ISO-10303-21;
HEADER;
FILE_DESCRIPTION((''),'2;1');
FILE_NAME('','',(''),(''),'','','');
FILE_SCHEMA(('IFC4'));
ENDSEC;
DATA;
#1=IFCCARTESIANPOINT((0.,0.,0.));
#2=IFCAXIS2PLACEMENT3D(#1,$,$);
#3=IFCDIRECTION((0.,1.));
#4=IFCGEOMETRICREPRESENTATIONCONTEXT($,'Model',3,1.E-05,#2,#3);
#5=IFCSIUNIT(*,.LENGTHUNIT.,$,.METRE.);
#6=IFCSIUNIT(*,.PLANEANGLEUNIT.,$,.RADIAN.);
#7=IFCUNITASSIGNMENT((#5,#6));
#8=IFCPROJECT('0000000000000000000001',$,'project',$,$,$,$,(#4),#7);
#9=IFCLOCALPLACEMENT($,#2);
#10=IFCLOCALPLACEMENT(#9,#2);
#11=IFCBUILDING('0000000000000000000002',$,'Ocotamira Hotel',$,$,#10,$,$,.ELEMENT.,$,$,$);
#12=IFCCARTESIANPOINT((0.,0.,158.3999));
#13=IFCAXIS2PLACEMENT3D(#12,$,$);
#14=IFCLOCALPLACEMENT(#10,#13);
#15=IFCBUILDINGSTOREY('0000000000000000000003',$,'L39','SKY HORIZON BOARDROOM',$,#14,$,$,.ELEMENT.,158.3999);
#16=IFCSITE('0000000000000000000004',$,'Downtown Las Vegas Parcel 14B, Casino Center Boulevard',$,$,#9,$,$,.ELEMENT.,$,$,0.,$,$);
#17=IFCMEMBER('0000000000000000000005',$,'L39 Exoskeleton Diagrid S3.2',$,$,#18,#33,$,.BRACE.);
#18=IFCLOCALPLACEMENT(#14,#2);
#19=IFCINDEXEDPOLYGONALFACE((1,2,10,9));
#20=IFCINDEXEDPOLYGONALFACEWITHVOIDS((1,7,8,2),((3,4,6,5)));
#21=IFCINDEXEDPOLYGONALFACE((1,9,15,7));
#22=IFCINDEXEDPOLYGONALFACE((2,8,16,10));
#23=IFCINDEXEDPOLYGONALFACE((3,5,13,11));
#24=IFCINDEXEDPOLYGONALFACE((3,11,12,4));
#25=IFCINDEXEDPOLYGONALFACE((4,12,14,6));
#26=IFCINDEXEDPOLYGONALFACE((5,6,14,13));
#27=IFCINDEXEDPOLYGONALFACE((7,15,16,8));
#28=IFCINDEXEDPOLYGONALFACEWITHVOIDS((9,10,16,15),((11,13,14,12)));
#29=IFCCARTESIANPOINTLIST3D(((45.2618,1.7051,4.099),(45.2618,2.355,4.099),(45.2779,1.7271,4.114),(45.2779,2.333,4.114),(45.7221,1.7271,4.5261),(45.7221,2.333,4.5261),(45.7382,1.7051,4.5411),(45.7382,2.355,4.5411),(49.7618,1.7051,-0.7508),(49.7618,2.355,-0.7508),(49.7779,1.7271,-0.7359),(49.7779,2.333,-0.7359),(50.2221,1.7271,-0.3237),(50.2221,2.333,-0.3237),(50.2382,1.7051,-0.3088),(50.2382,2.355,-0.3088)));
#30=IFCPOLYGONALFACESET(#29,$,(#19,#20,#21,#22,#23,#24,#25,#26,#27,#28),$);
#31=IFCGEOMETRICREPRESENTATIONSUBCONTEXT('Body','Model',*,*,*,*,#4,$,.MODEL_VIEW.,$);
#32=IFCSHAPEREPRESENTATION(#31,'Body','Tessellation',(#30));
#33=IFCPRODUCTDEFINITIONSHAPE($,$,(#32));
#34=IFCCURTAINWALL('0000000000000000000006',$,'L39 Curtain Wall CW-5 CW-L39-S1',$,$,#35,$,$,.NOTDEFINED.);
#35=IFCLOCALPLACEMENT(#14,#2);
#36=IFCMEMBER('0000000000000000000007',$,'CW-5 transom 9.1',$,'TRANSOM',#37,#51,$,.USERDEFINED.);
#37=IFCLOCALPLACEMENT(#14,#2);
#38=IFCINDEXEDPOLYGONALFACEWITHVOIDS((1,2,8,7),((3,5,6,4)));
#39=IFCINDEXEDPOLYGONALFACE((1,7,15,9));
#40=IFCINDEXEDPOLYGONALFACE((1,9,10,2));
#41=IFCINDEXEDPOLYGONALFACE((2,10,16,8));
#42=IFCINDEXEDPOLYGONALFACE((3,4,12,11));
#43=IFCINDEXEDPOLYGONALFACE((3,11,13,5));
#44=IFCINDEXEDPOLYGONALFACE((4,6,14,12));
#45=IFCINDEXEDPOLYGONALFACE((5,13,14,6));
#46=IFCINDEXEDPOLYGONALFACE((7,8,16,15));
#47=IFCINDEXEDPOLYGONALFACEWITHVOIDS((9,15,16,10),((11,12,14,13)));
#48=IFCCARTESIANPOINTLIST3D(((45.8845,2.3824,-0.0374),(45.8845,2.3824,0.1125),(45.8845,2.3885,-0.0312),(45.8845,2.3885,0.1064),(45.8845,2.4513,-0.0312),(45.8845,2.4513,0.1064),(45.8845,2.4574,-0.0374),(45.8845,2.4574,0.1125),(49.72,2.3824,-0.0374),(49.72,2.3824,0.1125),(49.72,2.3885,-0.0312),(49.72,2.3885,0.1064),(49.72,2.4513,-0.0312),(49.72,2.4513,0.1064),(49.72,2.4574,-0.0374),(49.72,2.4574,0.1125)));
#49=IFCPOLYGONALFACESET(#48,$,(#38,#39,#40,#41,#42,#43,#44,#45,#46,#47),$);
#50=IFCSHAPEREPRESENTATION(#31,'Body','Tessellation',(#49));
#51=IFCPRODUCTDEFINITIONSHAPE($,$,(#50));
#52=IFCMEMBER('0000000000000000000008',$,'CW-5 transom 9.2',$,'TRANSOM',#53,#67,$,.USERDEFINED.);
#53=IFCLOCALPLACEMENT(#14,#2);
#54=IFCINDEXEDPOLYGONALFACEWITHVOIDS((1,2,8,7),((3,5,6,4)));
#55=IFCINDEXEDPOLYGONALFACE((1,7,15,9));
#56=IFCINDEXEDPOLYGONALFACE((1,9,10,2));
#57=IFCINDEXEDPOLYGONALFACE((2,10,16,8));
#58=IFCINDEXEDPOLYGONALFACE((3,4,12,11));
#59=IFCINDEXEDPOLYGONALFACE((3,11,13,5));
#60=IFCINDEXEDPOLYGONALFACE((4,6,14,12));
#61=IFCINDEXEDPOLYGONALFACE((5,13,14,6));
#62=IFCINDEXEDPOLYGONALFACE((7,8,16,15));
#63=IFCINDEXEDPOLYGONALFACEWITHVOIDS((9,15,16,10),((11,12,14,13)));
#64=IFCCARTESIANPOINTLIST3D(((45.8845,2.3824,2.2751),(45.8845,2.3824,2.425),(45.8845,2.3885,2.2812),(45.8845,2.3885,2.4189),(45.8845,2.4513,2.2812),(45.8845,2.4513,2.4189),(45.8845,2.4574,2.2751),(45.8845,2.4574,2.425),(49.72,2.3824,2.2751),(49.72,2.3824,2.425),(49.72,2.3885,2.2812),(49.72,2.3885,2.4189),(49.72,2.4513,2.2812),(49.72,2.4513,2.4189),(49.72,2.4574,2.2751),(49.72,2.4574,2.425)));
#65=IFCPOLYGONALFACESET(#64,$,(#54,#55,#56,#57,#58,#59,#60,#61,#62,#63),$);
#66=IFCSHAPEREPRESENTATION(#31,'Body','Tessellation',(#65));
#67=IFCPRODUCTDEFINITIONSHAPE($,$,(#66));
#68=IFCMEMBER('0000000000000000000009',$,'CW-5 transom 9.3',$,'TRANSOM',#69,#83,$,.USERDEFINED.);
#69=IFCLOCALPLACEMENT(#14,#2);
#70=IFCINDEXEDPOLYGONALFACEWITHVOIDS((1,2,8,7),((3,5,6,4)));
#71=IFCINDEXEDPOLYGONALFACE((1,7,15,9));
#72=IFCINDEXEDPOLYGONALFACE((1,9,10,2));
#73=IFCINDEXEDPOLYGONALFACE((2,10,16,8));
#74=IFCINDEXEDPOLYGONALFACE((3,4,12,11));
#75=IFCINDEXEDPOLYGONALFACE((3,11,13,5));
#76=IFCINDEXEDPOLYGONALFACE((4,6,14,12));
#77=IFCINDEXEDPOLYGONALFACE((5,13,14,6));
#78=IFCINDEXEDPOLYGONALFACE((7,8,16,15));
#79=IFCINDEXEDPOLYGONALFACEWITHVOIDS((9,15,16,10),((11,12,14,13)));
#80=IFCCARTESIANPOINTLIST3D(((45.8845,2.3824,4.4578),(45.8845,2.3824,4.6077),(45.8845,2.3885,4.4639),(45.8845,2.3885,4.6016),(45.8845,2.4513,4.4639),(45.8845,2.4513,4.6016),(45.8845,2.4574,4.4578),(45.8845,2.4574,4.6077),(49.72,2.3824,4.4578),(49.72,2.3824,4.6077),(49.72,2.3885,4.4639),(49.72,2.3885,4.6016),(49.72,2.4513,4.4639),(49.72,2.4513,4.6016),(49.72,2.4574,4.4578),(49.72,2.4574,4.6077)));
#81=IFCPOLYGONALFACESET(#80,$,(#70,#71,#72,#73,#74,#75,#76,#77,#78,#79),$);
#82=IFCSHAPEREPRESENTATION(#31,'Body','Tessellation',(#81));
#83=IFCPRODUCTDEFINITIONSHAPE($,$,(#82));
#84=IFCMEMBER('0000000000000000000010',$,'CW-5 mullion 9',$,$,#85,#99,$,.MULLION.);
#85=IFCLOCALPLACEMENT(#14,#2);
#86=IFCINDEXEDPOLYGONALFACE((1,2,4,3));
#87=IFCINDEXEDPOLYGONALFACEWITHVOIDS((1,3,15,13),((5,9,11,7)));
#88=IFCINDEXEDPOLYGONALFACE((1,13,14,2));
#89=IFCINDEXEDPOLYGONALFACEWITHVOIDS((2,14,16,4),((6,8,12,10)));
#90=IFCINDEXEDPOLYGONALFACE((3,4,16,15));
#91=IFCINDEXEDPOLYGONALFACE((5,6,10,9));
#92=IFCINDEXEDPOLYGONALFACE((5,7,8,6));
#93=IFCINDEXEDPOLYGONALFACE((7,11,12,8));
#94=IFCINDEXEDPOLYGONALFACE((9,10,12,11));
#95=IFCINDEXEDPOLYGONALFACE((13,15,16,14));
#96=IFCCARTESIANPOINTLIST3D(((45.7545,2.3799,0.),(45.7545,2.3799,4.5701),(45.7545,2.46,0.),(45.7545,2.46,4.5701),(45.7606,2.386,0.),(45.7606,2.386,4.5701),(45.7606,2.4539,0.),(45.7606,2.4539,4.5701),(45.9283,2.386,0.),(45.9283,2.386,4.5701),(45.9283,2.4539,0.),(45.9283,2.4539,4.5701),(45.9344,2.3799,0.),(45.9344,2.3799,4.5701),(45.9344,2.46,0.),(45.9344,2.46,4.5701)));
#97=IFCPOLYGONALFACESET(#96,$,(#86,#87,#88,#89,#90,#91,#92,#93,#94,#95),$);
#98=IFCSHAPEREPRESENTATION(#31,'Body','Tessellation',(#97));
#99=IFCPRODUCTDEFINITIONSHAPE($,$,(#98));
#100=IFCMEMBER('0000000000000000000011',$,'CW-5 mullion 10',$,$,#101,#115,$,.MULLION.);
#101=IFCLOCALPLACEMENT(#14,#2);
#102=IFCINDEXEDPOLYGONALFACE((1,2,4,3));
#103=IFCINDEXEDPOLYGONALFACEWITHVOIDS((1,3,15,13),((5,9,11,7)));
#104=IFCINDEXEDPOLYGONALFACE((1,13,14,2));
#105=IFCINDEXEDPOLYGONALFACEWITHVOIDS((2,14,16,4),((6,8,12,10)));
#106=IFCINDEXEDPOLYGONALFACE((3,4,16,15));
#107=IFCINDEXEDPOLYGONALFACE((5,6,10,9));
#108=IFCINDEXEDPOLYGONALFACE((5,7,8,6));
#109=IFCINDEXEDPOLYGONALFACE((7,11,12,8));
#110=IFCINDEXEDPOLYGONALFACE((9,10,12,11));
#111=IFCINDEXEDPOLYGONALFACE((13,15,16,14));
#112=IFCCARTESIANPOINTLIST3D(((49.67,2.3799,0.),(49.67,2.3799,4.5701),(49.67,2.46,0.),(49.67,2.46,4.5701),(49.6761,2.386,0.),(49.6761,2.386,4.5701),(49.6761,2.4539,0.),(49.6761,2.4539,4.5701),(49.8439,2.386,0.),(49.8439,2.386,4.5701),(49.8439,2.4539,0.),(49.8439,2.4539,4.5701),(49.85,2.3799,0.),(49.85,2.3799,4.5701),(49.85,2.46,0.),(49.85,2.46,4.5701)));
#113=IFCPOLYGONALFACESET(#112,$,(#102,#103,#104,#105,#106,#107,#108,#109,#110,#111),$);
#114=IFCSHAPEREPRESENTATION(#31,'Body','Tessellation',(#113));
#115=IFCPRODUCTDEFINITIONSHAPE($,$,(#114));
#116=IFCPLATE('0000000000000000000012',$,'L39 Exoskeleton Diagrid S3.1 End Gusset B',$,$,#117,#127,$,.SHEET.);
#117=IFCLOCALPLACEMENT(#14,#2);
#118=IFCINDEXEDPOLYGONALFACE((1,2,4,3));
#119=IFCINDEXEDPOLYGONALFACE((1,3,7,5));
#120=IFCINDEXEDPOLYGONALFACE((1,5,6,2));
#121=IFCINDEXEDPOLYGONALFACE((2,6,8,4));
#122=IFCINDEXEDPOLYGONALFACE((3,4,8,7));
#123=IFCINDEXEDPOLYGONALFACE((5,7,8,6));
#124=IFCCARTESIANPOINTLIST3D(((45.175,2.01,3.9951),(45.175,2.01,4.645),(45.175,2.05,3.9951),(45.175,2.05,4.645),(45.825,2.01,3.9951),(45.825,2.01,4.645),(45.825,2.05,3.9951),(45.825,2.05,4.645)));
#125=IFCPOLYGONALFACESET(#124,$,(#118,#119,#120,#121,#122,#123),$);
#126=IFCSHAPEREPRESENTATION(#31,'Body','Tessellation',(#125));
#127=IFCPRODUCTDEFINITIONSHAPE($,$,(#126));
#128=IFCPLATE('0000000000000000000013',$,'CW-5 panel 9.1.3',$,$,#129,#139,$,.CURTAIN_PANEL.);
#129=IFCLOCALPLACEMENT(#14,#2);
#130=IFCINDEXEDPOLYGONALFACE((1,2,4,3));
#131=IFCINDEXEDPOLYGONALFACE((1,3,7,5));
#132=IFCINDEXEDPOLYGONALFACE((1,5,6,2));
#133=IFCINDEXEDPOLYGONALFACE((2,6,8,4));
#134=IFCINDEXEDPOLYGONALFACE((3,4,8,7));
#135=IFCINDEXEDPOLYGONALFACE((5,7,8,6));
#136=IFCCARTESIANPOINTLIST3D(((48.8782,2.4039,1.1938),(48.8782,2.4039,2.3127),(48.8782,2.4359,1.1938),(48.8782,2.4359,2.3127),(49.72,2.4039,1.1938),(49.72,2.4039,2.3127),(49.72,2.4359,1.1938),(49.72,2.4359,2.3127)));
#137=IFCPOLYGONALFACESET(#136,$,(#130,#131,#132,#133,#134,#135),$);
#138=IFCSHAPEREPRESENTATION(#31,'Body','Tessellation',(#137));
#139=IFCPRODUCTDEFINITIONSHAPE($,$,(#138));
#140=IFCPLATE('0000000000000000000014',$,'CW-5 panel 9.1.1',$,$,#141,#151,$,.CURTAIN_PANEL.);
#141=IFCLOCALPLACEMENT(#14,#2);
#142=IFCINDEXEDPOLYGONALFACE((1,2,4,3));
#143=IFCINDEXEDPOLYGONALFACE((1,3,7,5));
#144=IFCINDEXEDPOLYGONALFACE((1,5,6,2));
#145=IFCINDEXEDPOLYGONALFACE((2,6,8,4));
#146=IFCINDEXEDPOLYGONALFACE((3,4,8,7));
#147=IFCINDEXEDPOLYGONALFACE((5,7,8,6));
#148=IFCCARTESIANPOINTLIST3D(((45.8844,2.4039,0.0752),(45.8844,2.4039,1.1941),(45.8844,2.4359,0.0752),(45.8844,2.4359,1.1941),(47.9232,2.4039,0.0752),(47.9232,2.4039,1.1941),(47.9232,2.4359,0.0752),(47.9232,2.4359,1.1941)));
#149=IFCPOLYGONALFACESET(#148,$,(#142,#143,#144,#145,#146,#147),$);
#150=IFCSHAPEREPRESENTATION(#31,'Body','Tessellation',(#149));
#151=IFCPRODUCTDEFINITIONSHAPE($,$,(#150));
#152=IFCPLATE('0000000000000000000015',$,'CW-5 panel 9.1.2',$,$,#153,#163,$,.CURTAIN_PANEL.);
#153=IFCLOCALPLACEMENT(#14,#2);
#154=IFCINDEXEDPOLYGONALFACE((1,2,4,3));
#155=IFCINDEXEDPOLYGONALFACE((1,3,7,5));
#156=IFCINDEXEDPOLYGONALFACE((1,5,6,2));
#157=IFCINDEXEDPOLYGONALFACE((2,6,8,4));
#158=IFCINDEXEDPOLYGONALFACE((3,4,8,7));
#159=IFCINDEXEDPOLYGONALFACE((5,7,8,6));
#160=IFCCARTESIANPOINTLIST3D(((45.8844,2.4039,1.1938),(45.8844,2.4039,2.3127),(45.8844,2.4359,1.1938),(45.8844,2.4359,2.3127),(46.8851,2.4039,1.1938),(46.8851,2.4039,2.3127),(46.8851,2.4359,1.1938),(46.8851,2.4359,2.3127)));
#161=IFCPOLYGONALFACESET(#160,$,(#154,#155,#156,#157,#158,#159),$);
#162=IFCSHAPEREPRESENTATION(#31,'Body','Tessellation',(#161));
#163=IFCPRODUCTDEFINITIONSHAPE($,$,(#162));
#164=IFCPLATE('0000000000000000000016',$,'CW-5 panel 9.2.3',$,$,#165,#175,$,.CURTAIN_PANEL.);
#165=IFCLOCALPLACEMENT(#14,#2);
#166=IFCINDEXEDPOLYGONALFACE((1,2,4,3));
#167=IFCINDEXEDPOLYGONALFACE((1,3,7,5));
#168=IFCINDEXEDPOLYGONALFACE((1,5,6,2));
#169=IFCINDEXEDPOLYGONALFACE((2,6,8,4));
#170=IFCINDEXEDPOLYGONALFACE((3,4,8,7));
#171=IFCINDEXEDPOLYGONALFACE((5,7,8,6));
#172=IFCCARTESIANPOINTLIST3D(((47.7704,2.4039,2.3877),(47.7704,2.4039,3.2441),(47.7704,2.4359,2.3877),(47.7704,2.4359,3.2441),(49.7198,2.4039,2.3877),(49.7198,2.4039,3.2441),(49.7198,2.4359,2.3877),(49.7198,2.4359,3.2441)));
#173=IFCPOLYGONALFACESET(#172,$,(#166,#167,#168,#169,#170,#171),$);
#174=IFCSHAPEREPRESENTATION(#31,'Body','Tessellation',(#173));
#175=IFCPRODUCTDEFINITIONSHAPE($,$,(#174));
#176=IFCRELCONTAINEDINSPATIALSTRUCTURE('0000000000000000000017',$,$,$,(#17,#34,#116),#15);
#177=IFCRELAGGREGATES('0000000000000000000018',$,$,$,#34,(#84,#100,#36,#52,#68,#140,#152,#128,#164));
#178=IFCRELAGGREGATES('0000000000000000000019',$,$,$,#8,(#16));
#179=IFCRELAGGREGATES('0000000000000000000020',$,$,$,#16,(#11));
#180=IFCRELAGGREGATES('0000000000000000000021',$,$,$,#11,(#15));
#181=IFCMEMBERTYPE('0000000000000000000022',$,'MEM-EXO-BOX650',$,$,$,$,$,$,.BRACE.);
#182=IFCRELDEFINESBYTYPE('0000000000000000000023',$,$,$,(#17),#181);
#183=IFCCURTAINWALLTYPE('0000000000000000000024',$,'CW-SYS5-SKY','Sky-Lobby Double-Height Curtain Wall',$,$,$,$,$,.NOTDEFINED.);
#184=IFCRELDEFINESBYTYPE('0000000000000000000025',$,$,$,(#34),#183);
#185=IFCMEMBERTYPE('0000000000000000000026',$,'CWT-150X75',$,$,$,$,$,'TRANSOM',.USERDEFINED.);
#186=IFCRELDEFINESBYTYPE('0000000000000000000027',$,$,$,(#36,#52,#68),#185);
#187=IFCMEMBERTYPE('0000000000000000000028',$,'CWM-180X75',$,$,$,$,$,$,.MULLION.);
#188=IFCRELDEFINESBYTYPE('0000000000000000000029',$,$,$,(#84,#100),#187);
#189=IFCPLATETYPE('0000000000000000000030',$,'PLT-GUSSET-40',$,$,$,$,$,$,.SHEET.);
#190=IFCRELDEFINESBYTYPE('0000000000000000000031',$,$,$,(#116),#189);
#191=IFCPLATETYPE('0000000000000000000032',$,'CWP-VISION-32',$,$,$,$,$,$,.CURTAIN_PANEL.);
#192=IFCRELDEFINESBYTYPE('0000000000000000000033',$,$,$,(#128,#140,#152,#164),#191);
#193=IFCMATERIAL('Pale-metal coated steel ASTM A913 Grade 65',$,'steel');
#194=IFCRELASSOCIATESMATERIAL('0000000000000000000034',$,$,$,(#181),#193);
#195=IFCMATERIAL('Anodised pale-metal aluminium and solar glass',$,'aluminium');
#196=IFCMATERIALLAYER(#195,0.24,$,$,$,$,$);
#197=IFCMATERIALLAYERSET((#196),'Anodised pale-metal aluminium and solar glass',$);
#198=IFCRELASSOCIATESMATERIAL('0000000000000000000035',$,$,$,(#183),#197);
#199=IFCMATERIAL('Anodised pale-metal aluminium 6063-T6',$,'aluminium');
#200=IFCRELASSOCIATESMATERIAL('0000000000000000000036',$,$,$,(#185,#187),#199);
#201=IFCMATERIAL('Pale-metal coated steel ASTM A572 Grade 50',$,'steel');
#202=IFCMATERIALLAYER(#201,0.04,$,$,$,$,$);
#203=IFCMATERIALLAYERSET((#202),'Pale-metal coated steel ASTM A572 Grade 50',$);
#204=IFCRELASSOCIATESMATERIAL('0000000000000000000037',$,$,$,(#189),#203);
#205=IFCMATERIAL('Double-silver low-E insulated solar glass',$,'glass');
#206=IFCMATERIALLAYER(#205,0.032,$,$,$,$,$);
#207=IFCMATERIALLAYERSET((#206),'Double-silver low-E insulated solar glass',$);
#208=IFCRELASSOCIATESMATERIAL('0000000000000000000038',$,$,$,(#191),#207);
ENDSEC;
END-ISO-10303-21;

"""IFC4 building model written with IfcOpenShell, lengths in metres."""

from ifc_helpers import new_model, si_unit, direction, frame, origin, origin_2d, place, context, subcontext, project, spatial, rectangle, hollow_rectangle, extrude, source, transform, mapped, material, layer, layer_set, material_profile, profile_set, type_object, element, aggregate, save


model = new_model("IFC4")

# Units and contexts
model_context = context("Model", 3, precision=1e-05, world=origin(), true_north=direction((0.0, 1.0)))
body_context = subcontext(model_context, "Body", "Model", "MODEL_VIEW")
ifc_project = project(units=[si_unit("LENGTHUNIT", "METRE"), si_unit("PLANEANGLEUNIT", "RADIAN")], contexts=[model_context])

# Site, building, storey
site_placement = place(None, origin())
site = spatial("IfcSite", under=ifc_project, at=site_placement, Name="Downtown Las Vegas Parcel 14B, Casino Center Boulevard", CompositionType="ELEMENT", RefElevation=0.0)
building_placement = place(site_placement, origin())
building = spatial("IfcBuilding", under=site, at=building_placement, Name="Ocotamira Hotel", CompositionType="ELEMENT")
storey_placement = place(building_placement, frame((0.0, 0.0, 158.3999)))
storey = spatial("IfcBuildingStorey", under=building, at=storey_placement, Name="L39", Description="SKY HORIZON BOARDROOM", CompositionType="ELEMENT", Elevation=158.3999)

# Member
ifc_material_1 = material(Name="Pale-metal coated steel ASTM A913 Grade 65", Category="steel")
ifc_material_profile_1 = material_profile(ifc_material_1, hollow_rectangle(XDim=0.6499, YDim=0.6499, WallThickness=0.022, at=origin_2d()), Name="BOX650X650X22")
ifc_profile_set_1 = profile_set([ifc_material_profile_1], Name="Pale-metal coated steel ASTM A913 Grade 65")
member_type_1 = type_object("IfcMemberType", Name="MEM-EXO-BOX650", PredefinedType="BRACE", material=ifc_profile_set_1)
shared_shape_1 = source(origin(), body_context, "Body", "SweptSolid", [
    extrude(hollow_rectangle(XDim=0.6499, YDim=0.6499, WallThickness=0.022, at=origin_2d()), origin(), (0.0, 0.0, 1.0), 6.616),
])
member_1_placement = place(storey_placement, frame((50.0, 2.03, -0.5298), z_axis=(-0.680172, 0.0, 0.733052), x_axis=(0.0, -1.0, 0.0)))
element("IfcMember", 1, at=member_1_placement, inside=storey, type_object=member_type_1, Name="L39 Exoskeleton Diagrid S3.2", PredefinedType="BRACE", context=body_context, shape_type="MappedRepresentation", body=[
    mapped(shared_shape_1, transform((0.0, 0.0, 0.0), scale=1.0)),
])

# Curtain wall, members
ifc_material_2 = material(Name="Anodised pale-metal aluminium and solar glass", Category="aluminium")
ifc_layer_1 = layer(ifc_material_2, 0.24)
ifc_layer_set_1 = layer_set([ifc_layer_1], Name="Anodised pale-metal aluminium and solar glass")
curtain_wall_type = type_object("IfcCurtainWallType", Name="CW-SYS5-SKY", Description="Sky-Lobby Double-Height Curtain Wall", PredefinedType="NOTDEFINED", material=ifc_layer_set_1)
curtain_wall_placement = place(storey_placement, origin())
curtain_wall = element("IfcCurtainWall", 2, at=curtain_wall_placement, inside=storey, type_object=curtain_wall_type, Name="L39 Curtain Wall CW-5 CW-L39-S1", PredefinedType="NOTDEFINED")
ifc_material_3 = material(Name="Anodised pale-metal aluminium 6063-T6", Category="aluminium")
ifc_material_profile_2 = material_profile(ifc_material_3, hollow_rectangle(XDim=0.075, YDim=0.1499, WallThickness=0.0061, at=origin_2d()), Name="HSS150X75X6")
ifc_profile_set_2 = profile_set([ifc_material_profile_2], Name="Anodised pale-metal aluminium 6063-T6")
member_type_2 = type_object("IfcMemberType", Name="CWT-150X75", ElementType="TRANSOM", PredefinedType="USERDEFINED", material=ifc_profile_set_2)
shared_shape_2 = source(origin(), body_context, "Body", "SweptSolid", [
    extrude(hollow_rectangle(XDim=0.075, YDim=0.1499, WallThickness=0.0061, at=origin_2d()), origin(), (0.0, 0.0, 1.0), 3.8354),
])
member_2_placement = place(storey_placement, frame((45.8845, 2.4199, 0.0376), z_axis=(1.0, 0.0, 0.0), x_axis=(0.0, 1.0, 0.0)))
member_2 = element("IfcMember", 3, at=member_2_placement, type_object=member_type_2, Name="CW-5 transom 9.1", ObjectType="TRANSOM", PredefinedType="USERDEFINED", context=body_context, shape_type="MappedRepresentation", body=[
    mapped(shared_shape_2, transform((0.0, 0.0, 0.0), scale=1.0)),
])
member_3_placement = place(storey_placement, frame((45.8845, 2.4199, 2.3501), z_axis=(1.0, 0.0, 0.0), x_axis=(0.0, 1.0, 0.0)))
member_3 = element("IfcMember", 4, at=member_3_placement, type_object=member_type_2, Name="CW-5 transom 9.2", ObjectType="TRANSOM", PredefinedType="USERDEFINED", context=body_context, shape_type="MappedRepresentation", body=[
    mapped(shared_shape_2, transform((0.0, 0.0, 0.0), scale=1.0)),
])
member_4_placement = place(storey_placement, frame((45.8845, 2.4199, 4.5327), z_axis=(1.0, 0.0, 0.0), x_axis=(0.0, 1.0, 0.0)))
member_4 = element("IfcMember", 5, at=member_4_placement, type_object=member_type_2, Name="CW-5 transom 9.3", ObjectType="TRANSOM", PredefinedType="USERDEFINED", context=body_context, shape_type="MappedRepresentation", body=[
    mapped(shared_shape_2, transform((0.0, 0.0, 0.0), scale=1.0)),
])
ifc_material_profile_3 = material_profile(ifc_material_3, hollow_rectangle(XDim=0.0801, YDim=0.1799, WallThickness=0.0061, at=origin_2d()), Name="HSS180X80X6")
ifc_profile_set_3 = profile_set([ifc_material_profile_3], Name="Anodised pale-metal aluminium 6063-T6")
member_type_3 = type_object("IfcMemberType", Name="CWM-180X75", PredefinedType="MULLION", material=ifc_profile_set_3)
shared_shape_3 = source(origin(), body_context, "Body", "SweptSolid", [
    extrude(hollow_rectangle(XDim=0.0801, YDim=0.1799, WallThickness=0.0061, at=origin_2d()), origin(), (0.0, 0.0, 1.0), 4.5701),
])
member_5_placement = place(storey_placement, frame((45.8445, 2.4199, 0.0), z_axis=(0.0, 0.0, 1.0), x_axis=(0.0, 1.0, 0.0)))
member_5 = element("IfcMember", 6, at=member_5_placement, type_object=member_type_3, Name="CW-5 mullion 9", PredefinedType="MULLION", context=body_context, shape_type="MappedRepresentation", body=[
    mapped(shared_shape_3, transform((0.0, 0.0, 0.0), scale=1.0)),
])
member_6_placement = place(storey_placement, frame((49.76, 2.4199, 0.0), z_axis=(0.0, 0.0, 1.0), x_axis=(0.0, 1.0, 0.0)))
member_6 = element("IfcMember", 7, at=member_6_placement, type_object=member_type_3, Name="CW-5 mullion 10", PredefinedType="MULLION", context=body_context, shape_type="MappedRepresentation", body=[
    mapped(shared_shape_3, transform((0.0, 0.0, 0.0), scale=1.0)),
])

# Plates
ifc_material_4 = material(Name="Pale-metal coated steel ASTM A572 Grade 50", Category="steel")
ifc_layer_2 = layer(ifc_material_4, 0.04)
ifc_layer_set_2 = layer_set([ifc_layer_2], Name="Pale-metal coated steel ASTM A572 Grade 50")
plate_type_1 = type_object("IfcPlateType", Name="PLT-GUSSET-40", PredefinedType="SHEET", material=ifc_layer_set_2)
shared_shape_4 = source(origin(), body_context, "Body", "SweptSolid", [
    extrude(rectangle(XDim=0.6499, YDim=0.04, at=origin_2d()), origin(), (0.0, 0.0, 1.0), 0.6499),
])
plate_1_placement = place(storey_placement, frame((45.5, 2.03, 3.9951), z_axis=(0.0, 0.0, 1.0), x_axis=(1.0, 0.0, 0.0)))
element("IfcPlate", 8, at=plate_1_placement, inside=storey, type_object=plate_type_1, Name="L39 Exoskeleton Diagrid S3.1 End Gusset B", PredefinedType="SHEET", context=body_context, shape_type="MappedRepresentation", body=[
    mapped(shared_shape_4, transform((0.0, 0.0, 0.0), scale=1.0)),
])
ifc_material_5 = material(Name="Double-silver low-E insulated solar glass", Category="glass")
ifc_layer_3 = layer(ifc_material_5, 0.032)
ifc_layer_set_3 = layer_set([ifc_layer_3], Name="Double-silver low-E insulated solar glass")
plate_type_2 = type_object("IfcPlateType", Name="CWP-VISION-32", PredefinedType="CURTAIN_PANEL", material=ifc_layer_set_3)
shared_shape_5 = source(origin(), body_context, "Body", "SweptSolid", [
    extrude(rectangle(XDim=0.8418, YDim=0.032, at=origin_2d()), origin(), (0.0, 0.0, 1.0), 1.1189),
])
plate_2_placement = place(storey_placement, frame((49.2991, 2.4199, 1.1938), z_axis=(0.0, 0.0, 1.0), x_axis=(1.0, 0.0, 0.0)))
plate_2 = element("IfcPlate", 9, at=plate_2_placement, type_object=plate_type_2, Name="CW-5 panel 9.1.3", PredefinedType="CURTAIN_PANEL", context=body_context, shape_type="MappedRepresentation", body=[
    mapped(shared_shape_5, transform((0.0, 0.0, 0.0), scale=1.0)),
])
shared_shape_6 = source(origin(), body_context, "Body", "SweptSolid", [
    extrude(rectangle(XDim=2.0388, YDim=0.032, at=origin_2d()), origin(), (0.0, 0.0, 1.0), 1.1189),
])
plate_3_placement = place(storey_placement, frame((46.9038, 2.4199, 0.0752), z_axis=(0.0, 0.0, 1.0), x_axis=(1.0, 0.0, 0.0)))
plate_3 = element("IfcPlate", 10, at=plate_3_placement, type_object=plate_type_2, Name="CW-5 panel 9.1.1", PredefinedType="CURTAIN_PANEL", context=body_context, shape_type="MappedRepresentation", body=[
    mapped(shared_shape_6, transform((0.0, 0.0, 0.0), scale=1.0)),
])
shared_shape_7 = source(origin(), body_context, "Body", "SweptSolid", [
    extrude(rectangle(XDim=1.0007, YDim=0.032, at=origin_2d()), origin(), (0.0, 0.0, 1.0), 1.1189),
])
plate_4_placement = place(storey_placement, frame((46.3848, 2.4199, 1.1938), z_axis=(0.0, 0.0, 1.0), x_axis=(1.0, 0.0, 0.0)))
plate_4 = element("IfcPlate", 11, at=plate_4_placement, type_object=plate_type_2, Name="CW-5 panel 9.1.2", PredefinedType="CURTAIN_PANEL", context=body_context, shape_type="MappedRepresentation", body=[
    mapped(shared_shape_7, transform((0.0, 0.0, 0.0), scale=1.0)),
])
shared_shape_8 = source(origin(), body_context, "Body", "SweptSolid", [
    extrude(rectangle(XDim=1.9495, YDim=0.032, at=origin_2d()), origin(), (0.0, 0.0, 1.0), 0.8564),
])
plate_5_placement = place(storey_placement, frame((48.7451, 2.4199, 2.3877), z_axis=(0.0, 0.0, 1.0), x_axis=(1.0, 0.0, 0.0)))
plate_5 = element("IfcPlate", 12, at=plate_5_placement, type_object=plate_type_2, Name="CW-5 panel 9.2.3", PredefinedType="CURTAIN_PANEL", context=body_context, shape_type="MappedRepresentation", body=[
    mapped(shared_shape_8, transform((0.0, 0.0, 0.0), scale=1.0)),
])
aggregate(curtain_wall, [member_5, member_6, member_2, member_3, member_4, plate_3, plate_4, plate_2, plate_5])

save(model, "model.ifc")
